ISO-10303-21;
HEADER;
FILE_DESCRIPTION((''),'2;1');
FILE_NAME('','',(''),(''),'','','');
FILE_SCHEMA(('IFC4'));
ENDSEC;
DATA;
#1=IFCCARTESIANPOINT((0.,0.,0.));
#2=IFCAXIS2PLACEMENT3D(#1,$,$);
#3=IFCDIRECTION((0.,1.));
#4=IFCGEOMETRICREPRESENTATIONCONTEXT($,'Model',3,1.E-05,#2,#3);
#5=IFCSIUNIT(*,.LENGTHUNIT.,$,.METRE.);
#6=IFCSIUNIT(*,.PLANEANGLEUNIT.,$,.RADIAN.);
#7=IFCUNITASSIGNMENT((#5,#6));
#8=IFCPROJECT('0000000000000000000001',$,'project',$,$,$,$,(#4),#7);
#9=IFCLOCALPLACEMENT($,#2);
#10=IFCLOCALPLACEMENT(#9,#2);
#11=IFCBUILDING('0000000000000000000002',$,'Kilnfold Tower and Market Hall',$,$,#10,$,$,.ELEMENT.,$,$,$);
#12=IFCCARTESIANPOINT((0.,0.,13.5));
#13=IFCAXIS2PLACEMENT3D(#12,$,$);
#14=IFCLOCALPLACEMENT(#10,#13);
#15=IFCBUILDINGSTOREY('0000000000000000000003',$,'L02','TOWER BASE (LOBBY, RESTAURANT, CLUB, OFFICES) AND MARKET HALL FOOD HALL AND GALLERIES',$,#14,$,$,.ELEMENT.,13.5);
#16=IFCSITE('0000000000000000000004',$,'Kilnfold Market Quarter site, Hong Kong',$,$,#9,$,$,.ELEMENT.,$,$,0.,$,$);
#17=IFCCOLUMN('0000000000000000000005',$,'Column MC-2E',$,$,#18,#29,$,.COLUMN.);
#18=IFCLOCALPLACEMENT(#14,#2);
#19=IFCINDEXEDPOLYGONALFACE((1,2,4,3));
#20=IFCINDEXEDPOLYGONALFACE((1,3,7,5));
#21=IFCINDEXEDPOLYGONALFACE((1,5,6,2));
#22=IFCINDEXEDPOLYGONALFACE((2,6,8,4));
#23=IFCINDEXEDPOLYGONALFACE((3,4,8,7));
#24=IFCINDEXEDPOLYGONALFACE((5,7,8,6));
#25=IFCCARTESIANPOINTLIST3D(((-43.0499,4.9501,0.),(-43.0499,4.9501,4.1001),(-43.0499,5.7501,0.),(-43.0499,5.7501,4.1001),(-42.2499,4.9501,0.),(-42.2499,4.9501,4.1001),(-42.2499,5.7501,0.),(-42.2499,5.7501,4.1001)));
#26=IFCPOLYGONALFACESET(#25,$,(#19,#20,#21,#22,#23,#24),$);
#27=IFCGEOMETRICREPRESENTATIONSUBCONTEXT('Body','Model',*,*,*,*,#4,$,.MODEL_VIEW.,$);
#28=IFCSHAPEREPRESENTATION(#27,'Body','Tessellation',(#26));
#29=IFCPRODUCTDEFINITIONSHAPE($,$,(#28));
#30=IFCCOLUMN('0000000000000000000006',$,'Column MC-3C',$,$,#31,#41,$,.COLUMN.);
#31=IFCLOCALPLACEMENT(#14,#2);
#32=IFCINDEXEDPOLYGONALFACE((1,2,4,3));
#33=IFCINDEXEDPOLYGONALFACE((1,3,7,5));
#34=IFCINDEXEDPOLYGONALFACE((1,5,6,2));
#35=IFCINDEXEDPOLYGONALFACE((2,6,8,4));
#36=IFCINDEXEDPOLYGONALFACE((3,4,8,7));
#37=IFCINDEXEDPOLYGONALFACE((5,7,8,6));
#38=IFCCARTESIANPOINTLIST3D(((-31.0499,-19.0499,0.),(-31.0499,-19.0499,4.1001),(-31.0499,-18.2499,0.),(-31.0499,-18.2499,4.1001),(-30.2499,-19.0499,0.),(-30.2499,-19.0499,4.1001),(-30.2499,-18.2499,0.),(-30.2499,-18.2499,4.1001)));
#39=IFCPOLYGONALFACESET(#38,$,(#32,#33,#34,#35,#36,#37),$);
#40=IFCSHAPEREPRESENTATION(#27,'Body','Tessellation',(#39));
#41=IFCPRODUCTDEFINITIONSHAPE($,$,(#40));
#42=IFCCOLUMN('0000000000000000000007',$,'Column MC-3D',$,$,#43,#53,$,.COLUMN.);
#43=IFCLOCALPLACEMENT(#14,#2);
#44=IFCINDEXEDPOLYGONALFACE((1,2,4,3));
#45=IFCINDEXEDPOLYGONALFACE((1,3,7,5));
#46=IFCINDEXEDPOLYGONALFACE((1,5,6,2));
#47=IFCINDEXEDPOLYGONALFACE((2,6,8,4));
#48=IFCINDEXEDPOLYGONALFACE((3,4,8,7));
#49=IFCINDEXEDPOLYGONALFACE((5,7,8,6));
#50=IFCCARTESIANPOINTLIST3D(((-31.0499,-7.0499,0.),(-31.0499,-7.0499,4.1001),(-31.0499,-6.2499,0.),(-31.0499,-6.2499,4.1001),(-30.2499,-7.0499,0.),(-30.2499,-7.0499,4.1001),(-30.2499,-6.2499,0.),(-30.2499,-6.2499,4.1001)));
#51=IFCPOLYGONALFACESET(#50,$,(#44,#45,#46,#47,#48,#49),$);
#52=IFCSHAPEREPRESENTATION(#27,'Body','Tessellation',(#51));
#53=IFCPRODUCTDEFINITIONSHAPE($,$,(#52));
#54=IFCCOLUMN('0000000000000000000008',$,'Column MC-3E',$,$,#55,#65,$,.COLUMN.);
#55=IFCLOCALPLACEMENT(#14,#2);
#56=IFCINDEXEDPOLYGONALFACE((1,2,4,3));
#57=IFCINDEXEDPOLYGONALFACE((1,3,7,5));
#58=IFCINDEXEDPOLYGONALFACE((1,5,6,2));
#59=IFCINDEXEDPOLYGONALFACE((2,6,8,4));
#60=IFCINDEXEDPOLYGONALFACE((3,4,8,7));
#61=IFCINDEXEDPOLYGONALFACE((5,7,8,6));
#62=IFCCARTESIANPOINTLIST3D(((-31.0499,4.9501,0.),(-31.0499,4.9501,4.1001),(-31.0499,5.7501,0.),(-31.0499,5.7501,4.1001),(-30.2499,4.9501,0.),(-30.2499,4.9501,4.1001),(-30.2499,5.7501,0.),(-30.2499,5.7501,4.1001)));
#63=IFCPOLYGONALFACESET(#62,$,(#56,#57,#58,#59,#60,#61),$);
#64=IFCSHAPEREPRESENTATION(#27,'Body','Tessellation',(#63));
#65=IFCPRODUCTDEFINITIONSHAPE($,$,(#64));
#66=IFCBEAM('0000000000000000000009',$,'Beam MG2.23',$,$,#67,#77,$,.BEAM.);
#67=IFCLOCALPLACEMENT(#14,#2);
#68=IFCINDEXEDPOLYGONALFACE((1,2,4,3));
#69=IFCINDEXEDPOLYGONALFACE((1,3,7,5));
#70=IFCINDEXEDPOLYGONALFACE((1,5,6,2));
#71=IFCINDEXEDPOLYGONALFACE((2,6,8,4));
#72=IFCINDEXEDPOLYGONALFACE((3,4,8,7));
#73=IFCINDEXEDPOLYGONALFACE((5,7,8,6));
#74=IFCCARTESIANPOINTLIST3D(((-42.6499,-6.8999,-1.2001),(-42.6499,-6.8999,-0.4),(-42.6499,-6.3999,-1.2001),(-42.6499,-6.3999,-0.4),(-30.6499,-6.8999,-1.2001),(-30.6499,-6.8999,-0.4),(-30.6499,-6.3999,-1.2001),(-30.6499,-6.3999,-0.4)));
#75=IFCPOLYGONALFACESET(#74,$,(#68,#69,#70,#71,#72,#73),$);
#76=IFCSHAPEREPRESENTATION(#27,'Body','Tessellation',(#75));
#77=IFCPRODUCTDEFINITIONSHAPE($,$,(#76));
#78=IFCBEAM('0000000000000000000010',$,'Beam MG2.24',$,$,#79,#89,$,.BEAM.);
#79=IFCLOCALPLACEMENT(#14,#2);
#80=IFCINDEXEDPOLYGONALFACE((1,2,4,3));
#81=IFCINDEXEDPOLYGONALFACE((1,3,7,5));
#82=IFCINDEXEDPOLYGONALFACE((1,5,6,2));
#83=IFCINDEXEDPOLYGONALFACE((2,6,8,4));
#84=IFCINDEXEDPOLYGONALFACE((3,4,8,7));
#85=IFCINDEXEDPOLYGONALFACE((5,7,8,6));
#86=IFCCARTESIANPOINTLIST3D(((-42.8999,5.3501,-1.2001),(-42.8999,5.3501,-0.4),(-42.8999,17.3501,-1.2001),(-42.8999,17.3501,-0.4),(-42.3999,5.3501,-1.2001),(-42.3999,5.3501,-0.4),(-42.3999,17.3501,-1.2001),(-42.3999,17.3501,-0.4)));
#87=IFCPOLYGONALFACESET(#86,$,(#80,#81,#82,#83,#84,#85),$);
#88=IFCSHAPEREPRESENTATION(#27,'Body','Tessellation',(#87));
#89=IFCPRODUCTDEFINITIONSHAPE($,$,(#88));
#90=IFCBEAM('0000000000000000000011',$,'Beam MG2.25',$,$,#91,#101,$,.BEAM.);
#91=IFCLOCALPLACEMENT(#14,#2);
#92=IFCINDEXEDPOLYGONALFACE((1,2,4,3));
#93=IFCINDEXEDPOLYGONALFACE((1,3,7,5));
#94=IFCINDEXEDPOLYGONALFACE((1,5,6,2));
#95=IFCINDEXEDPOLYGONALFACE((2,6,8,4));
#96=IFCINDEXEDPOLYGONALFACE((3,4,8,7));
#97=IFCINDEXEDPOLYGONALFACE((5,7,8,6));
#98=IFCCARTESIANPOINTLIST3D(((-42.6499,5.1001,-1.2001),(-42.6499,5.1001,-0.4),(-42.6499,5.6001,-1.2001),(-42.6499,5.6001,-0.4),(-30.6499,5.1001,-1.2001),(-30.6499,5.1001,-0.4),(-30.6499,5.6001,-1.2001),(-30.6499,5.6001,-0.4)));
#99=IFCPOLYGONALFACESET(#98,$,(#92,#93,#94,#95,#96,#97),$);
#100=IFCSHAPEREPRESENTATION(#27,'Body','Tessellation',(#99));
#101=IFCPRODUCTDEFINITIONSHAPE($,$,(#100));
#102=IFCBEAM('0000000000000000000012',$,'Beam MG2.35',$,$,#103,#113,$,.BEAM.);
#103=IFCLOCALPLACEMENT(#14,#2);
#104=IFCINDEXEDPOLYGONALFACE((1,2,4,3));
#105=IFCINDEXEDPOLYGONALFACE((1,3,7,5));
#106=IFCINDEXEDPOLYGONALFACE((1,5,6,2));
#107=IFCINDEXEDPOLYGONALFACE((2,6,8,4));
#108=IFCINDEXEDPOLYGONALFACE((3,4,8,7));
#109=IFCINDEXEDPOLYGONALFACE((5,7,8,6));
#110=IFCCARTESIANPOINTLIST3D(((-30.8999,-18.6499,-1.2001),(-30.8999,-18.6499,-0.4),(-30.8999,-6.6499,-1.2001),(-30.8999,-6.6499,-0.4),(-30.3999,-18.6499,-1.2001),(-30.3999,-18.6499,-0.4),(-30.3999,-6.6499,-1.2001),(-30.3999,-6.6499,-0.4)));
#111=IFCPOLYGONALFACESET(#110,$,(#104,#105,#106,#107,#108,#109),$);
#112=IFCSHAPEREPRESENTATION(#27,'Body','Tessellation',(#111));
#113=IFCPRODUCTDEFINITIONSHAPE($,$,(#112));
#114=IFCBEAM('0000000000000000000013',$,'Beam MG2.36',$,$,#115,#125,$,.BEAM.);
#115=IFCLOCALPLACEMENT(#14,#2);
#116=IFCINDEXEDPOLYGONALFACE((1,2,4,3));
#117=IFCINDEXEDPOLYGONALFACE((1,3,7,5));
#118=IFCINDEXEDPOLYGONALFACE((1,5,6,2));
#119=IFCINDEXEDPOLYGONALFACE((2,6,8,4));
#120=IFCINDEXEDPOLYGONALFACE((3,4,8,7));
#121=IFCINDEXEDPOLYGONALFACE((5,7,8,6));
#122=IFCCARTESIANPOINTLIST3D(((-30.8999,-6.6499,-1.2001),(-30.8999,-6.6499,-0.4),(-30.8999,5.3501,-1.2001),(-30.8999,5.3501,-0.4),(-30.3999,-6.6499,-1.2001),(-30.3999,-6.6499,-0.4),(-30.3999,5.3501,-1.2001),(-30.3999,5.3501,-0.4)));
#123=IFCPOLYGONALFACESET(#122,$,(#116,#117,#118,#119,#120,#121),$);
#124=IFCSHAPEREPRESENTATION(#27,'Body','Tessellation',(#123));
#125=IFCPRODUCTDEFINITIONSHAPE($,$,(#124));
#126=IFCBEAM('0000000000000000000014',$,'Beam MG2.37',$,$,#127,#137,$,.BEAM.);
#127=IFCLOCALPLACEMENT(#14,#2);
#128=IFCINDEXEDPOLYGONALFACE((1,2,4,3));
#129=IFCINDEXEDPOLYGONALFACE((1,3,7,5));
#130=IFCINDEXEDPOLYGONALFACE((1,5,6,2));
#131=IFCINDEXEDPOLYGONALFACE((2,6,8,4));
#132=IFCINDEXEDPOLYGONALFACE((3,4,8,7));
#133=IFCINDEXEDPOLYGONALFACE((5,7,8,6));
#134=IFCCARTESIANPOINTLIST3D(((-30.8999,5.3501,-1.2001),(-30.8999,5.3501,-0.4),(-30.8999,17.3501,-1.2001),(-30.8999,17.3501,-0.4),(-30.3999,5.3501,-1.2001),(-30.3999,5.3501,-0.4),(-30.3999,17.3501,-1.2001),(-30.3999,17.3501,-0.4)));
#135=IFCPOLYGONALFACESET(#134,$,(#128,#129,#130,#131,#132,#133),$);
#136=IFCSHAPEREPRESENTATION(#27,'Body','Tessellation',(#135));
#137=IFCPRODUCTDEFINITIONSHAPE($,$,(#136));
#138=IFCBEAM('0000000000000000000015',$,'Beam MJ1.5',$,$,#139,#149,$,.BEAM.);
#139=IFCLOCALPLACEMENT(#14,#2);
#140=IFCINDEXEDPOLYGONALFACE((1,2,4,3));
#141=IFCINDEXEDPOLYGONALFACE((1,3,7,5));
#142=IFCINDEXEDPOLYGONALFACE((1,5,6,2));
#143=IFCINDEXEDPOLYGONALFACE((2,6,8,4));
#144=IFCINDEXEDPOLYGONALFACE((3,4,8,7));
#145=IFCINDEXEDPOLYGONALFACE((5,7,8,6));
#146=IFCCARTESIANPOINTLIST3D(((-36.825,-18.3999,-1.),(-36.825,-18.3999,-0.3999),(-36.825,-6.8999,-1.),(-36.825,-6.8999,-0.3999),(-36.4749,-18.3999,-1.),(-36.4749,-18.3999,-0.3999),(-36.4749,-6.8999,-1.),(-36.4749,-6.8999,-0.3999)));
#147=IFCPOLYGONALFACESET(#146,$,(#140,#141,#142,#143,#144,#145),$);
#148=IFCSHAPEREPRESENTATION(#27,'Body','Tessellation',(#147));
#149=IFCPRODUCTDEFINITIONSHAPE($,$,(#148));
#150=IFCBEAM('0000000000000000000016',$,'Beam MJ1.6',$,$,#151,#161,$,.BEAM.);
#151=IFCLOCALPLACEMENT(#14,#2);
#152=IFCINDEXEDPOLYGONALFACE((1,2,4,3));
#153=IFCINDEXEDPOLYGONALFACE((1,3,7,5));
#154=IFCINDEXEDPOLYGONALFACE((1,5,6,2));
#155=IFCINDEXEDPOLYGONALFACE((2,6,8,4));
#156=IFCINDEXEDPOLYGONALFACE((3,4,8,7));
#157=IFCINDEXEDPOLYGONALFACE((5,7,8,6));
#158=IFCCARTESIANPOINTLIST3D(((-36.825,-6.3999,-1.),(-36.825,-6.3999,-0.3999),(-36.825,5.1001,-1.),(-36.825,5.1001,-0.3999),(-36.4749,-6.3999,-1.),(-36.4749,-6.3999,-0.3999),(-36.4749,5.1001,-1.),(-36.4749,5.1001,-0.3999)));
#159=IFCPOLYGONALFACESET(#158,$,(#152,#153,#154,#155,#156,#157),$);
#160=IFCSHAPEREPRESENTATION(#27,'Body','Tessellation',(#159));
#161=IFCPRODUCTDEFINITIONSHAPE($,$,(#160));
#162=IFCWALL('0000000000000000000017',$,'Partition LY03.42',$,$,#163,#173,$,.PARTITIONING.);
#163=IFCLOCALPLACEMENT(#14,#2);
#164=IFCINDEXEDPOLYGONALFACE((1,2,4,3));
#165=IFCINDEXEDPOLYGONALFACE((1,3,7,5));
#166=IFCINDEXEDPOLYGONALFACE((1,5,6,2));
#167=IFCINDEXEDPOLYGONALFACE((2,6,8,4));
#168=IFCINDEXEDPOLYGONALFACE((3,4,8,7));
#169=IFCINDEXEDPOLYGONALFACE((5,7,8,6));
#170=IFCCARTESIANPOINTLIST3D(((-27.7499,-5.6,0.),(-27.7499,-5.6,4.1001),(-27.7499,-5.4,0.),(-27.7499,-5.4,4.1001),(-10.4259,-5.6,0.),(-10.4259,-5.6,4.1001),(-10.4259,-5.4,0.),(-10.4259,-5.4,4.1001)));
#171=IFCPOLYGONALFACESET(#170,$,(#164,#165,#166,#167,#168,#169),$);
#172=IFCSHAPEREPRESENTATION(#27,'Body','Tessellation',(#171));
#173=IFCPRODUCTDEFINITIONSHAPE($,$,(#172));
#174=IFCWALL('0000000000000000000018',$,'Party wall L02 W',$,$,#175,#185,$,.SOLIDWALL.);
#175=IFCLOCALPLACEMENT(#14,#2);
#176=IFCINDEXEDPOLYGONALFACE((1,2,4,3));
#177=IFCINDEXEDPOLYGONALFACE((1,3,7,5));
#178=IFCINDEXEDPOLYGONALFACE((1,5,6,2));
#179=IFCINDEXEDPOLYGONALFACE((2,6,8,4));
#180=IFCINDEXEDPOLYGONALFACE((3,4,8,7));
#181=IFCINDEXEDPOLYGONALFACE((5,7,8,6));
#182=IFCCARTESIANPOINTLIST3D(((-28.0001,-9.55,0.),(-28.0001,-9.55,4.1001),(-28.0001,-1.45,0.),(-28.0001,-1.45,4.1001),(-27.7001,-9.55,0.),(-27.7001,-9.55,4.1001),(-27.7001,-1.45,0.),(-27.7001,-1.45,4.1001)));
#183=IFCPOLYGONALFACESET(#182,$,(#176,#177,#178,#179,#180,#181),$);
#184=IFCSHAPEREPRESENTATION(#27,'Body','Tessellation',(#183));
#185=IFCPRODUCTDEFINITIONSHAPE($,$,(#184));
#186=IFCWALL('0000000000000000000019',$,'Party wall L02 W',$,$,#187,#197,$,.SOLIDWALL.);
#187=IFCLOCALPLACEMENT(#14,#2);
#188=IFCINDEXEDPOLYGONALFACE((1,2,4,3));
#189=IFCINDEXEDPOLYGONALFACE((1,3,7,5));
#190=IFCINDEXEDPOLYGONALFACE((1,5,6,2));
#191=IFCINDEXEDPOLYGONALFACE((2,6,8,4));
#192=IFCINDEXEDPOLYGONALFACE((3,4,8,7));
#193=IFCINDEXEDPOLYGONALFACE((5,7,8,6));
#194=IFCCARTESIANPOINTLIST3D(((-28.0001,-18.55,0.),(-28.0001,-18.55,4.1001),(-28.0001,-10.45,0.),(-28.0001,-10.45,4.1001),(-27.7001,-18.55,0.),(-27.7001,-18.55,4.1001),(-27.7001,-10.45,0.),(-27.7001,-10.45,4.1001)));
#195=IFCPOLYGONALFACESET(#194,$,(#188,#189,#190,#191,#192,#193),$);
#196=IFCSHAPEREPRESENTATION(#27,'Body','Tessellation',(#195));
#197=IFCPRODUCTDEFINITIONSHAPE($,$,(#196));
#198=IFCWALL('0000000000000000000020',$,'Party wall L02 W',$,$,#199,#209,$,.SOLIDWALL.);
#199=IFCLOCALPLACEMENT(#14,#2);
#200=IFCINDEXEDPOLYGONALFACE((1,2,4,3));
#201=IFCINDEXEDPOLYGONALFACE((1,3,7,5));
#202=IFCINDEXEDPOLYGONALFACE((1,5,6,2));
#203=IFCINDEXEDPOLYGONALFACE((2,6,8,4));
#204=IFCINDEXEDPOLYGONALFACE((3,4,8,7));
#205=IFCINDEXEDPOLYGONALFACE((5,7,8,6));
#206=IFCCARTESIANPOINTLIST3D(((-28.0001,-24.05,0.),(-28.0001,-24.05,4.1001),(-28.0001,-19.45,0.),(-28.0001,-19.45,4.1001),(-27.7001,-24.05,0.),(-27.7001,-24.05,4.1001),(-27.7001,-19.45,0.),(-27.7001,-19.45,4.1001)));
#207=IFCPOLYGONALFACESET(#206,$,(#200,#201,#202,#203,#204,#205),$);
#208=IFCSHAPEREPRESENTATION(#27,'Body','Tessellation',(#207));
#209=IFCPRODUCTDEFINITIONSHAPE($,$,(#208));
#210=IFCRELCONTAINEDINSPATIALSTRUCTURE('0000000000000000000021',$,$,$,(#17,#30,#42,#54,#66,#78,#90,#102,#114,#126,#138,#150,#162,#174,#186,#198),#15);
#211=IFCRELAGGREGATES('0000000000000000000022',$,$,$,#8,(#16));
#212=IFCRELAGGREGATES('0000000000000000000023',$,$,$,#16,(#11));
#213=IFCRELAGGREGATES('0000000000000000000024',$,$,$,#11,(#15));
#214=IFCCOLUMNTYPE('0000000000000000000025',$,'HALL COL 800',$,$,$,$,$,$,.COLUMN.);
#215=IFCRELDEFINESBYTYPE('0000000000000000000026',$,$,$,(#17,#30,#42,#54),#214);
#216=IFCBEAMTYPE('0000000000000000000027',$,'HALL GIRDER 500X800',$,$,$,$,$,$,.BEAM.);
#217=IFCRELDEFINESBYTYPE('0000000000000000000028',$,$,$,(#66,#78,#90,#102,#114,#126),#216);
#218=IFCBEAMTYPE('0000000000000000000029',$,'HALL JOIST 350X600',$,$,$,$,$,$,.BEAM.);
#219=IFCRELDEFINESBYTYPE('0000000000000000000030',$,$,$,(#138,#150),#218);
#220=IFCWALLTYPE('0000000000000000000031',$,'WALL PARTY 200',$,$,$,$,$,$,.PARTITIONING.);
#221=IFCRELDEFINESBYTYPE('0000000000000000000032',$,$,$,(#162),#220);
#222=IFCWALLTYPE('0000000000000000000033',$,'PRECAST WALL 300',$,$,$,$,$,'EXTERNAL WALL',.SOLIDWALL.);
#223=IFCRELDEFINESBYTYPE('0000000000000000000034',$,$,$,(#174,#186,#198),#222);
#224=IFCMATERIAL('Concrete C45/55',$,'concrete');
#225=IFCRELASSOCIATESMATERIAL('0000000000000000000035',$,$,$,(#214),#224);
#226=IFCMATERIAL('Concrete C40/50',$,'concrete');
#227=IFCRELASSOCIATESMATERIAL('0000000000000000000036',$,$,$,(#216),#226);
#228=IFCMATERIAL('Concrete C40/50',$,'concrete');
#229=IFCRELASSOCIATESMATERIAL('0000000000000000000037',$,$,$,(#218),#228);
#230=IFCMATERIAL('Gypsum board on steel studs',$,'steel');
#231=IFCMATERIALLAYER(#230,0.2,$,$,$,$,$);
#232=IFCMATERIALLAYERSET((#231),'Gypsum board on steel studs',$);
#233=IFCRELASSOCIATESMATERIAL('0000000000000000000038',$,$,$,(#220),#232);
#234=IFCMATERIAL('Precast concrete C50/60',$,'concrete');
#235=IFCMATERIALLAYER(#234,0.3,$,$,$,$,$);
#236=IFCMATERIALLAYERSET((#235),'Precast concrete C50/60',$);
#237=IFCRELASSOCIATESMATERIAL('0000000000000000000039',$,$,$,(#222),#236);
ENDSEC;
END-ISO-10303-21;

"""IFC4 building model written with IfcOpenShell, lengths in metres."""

from ifc_helpers import new_model, si_unit, direction, frame, frame_2d, origin, origin_2d, place, context, subcontext, project, spatial, rectangle, extrude, source, transform, mapped, material, layer, layer_set, material_profile, profile_set, type_object, element, save


model = new_model("IFC4")

# Units and contexts
model_context = context("Model", 3, precision=1e-05, world=origin(), true_north=direction((0.0, 1.0)))
body_context = subcontext(model_context, "Body", "Model", "MODEL_VIEW")
ifc_project = project(units=[si_unit("LENGTHUNIT", "METRE"), si_unit("PLANEANGLEUNIT", "RADIAN")], contexts=[model_context])

# Site, building, storey
site_placement = place(None, origin())
site = spatial("IfcSite", under=ifc_project, at=site_placement, Name="Kilnfold Market Quarter site, Hong Kong", CompositionType="ELEMENT", RefElevation=0.0)
building_placement = place(site_placement, origin())
building = spatial("IfcBuilding", under=site, at=building_placement, Name="Kilnfold Tower and Market Hall", CompositionType="ELEMENT")
storey_placement = place(building_placement, frame((0.0, 0.0, 13.5)))
storey = spatial("IfcBuildingStorey", under=building, at=storey_placement, Name="L02", Description="TOWER BASE (LOBBY, RESTAURANT, CLUB, OFFICES) AND MARKET HALL FOOD HALL AND GALLERIES", CompositionType="ELEMENT", Elevation=13.5)

# Columns
ifc_material_1 = material(Name="Concrete C45/55", Category="concrete")
ifc_material_profile_1 = material_profile(ifc_material_1, rectangle(XDim=0.8, YDim=0.8, at=origin_2d()), Name="RC 800x800")
ifc_profile_set_1 = profile_set([ifc_material_profile_1], Name="Concrete C45/55")
column_type = type_object("IfcColumnType", Name="HALL COL 800", PredefinedType="COLUMN", material=ifc_profile_set_1)
shared_shape_1 = source(origin(), body_context, "Body", "SweptSolid", [
    extrude(rectangle(XDim=0.8, YDim=0.8, at=origin_2d()), origin(), (0.0, 0.0, 1.0), 4.1001),
])
for number, where, z_axis, x_axis, name in (
    (1, (-42.6499, 5.3501, 0.0), (0.0, 0.0, 1.0), (1.0, 0.0, 0.0), "Column MC-2E"),
    (2, (-30.6499, -18.6499, 0.0), (0.0, 0.0, 1.0), (1.0, 0.0, 0.0), "Column MC-3C"),
    (3, (-30.6499, -6.6499, 0.0), (0.0, 0.0, 1.0), (1.0, 0.0, 0.0), "Column MC-3D"),
    (4, (-30.6499, 5.3501, 0.0), (0.0, 0.0, 1.0), (1.0, 0.0, 0.0), "Column MC-3E"),
):
    element("IfcColumn", number, at=place(storey_placement, frame(where, z_axis=z_axis, x_axis=x_axis)), inside=storey, type_object=column_type, Name=name, PredefinedType="COLUMN", context=body_context, shape_type="MappedRepresentation", body=[
        mapped(shared_shape_1, transform((0.0, 0.0, 0.0))),
    ])

# Beams
ifc_material_2 = material(Name="Concrete C40/50", Category="concrete")
ifc_material_profile_2 = material_profile(ifc_material_2, rectangle(XDim=0.5, YDim=0.8, at=origin_2d()), Name="RC 500x800")
ifc_profile_set_2 = profile_set([ifc_material_profile_2], Name="Concrete C40/50")
beam_type_1 = type_object("IfcBeamType", Name="HALL GIRDER 500X800", PredefinedType="BEAM", material=ifc_profile_set_2)
for number, where, z_axis, x_axis, name in (
    (5, (-42.6499, -6.6499, -0.8), (1.0, 0.0, 0.0), (0.0, 1.0, 0.0), "Beam MG2.23"),
    (6, (-42.6499, 5.3501, -0.8), (0.0, 1.0, 0.0), (-1.0, 0.0, 0.0), "Beam MG2.24"),
    (7, (-42.6499, 5.3501, -0.8), (1.0, 0.0, 0.0), (0.0, 1.0, 0.0), "Beam MG2.25"),
    (8, (-30.6499, -18.6499, -0.8), (0.0, 1.0, 0.0), (-1.0, 0.0, 0.0), "Beam MG2.35"),
    (9, (-30.6499, -6.6499, -0.8), (0.0, 1.0, 0.0), (-1.0, 0.0, 0.0), "Beam MG2.36"),
    (10, (-30.6499, 5.3501, -0.8), (0.0, 1.0, 0.0), (-1.0, 0.0, 0.0), "Beam MG2.37"),
):
    element("IfcBeam", number, at=place(storey_placement, frame(where, z_axis=z_axis, x_axis=x_axis)), inside=storey, type_object=beam_type_1, Name=name, PredefinedType="BEAM", context=body_context, shape_type="SweptSolid", body=[
        extrude(rectangle(XDim=0.5, YDim=0.8, at=origin_2d()), origin(), (0.0, 0.0, 1.0), 12.0),
    ])
ifc_material_3 = material(Name="Concrete C40/50", Category="concrete")
ifc_material_profile_3 = material_profile(ifc_material_3, rectangle(XDim=0.3501, YDim=0.6001, at=origin_2d()), Name="RC 350x600")
ifc_profile_set_3 = profile_set([ifc_material_profile_3], Name="Concrete C40/50")
beam_type_2 = type_object("IfcBeamType", Name="HALL JOIST 350X600", PredefinedType="BEAM", material=ifc_profile_set_3)
for number, where, z_axis, x_axis, name in (
    (11, (-36.6499, -18.3999, -0.7), (0.0, 1.0, 0.0), (-1.0, 0.0, 0.0), "Beam MJ1.5"),
    (12, (-36.6499, -6.3999, -0.7), (0.0, 1.0, 0.0), (-1.0, 0.0, 0.0), "Beam MJ1.6"),
):
    element("IfcBeam", number, at=place(storey_placement, frame(where, z_axis=z_axis, x_axis=x_axis)), inside=storey, type_object=beam_type_2, Name=name, PredefinedType="BEAM", context=body_context, shape_type="SweptSolid", body=[
        extrude(rectangle(XDim=0.3501, YDim=0.6001, at=origin_2d()), origin(), (0.0, 0.0, 1.0), 11.5),
    ])

# Walls
ifc_material_4 = material(Name="Gypsum board on steel studs", Category="steel")
ifc_layer_1 = layer(ifc_material_4, 0.2)
ifc_layer_set_1 = layer_set([ifc_layer_1], Name="Gypsum board on steel studs")
wall_type_1 = type_object("IfcWallType", Name="WALL PARTY 200", PredefinedType="PARTITIONING", material=ifc_layer_set_1)
wall_1_placement = place(storey_placement, frame((-27.75, -5.5, 0.0), z_axis=(0.0, 0.0, 1.0), x_axis=(1.0, 0.0, 0.0)))
element("IfcWall", 13, at=wall_1_placement, inside=storey, type_object=wall_type_1, Name="Partition LY03.42", PredefinedType="PARTITIONING", context=body_context, shape_type="SweptSolid", body=[
    extrude(rectangle(XDim=17.324, YDim=0.2, at=frame_2d((8.6621, 0.0))), origin(), (0.0, 0.0, 1.0), 4.1001),
])
ifc_material_5 = material(Name="Precast concrete C50/60", Category="concrete")
ifc_layer_2 = layer(ifc_material_5, 0.3)
ifc_layer_set_2 = layer_set([ifc_layer_2], Name="Precast concrete C50/60")
wall_type_2 = type_object("IfcWallType", Name="PRECAST WALL 300", ElementType="EXTERNAL WALL", PredefinedType="SOLIDWALL", material=ifc_layer_set_2)
shared_shape_2 = source(origin(), body_context, "Body", "SweptSolid", [
    extrude(rectangle(XDim=8.1001, YDim=0.3, at=frame_2d((4.05, 0.0))), origin(), (0.0, 0.0, 1.0), 4.1001),
])
for number, where, z_axis, x_axis, name in (
    (14, (-27.8501, -1.45, 0.0), (0.0, 0.0, 1.0), (0.0, -1.0, 0.0), "Party wall L02 W"),
    (15, (-27.8501, -10.45, 0.0), (0.0, 0.0, 1.0), (0.0, -1.0, 0.0), "Party wall L02 W"),
):
    element("IfcWall", number, at=place(storey_placement, frame(where, z_axis=z_axis, x_axis=x_axis)), inside=storey, type_object=wall_type_2, Name=name, PredefinedType="SOLIDWALL", context=body_context, shape_type="MappedRepresentation", body=[
        mapped(shared_shape_2, transform((0.0, 0.0, 0.0))),
    ])
shared_shape_3 = source(origin(), body_context, "Body", "SweptSolid", [
    extrude(rectangle(XDim=4.6001, YDim=0.3, at=frame_2d((2.3, 0.0))), origin(), (0.0, 0.0, 1.0), 4.1001),
])
wall_2_placement = place(storey_placement, frame((-27.8501, -19.45, 0.0), z_axis=(0.0, 0.0, 1.0), x_axis=(0.0, -1.0, 0.0)))
element("IfcWall", 16, at=wall_2_placement, inside=storey, type_object=wall_type_2, Name="Party wall L02 W", PredefinedType="SOLIDWALL", context=body_context, shape_type="MappedRepresentation", body=[
    mapped(shared_shape_3, transform((0.0, 0.0, 0.0))),
])

save(model, "model.ifc")
